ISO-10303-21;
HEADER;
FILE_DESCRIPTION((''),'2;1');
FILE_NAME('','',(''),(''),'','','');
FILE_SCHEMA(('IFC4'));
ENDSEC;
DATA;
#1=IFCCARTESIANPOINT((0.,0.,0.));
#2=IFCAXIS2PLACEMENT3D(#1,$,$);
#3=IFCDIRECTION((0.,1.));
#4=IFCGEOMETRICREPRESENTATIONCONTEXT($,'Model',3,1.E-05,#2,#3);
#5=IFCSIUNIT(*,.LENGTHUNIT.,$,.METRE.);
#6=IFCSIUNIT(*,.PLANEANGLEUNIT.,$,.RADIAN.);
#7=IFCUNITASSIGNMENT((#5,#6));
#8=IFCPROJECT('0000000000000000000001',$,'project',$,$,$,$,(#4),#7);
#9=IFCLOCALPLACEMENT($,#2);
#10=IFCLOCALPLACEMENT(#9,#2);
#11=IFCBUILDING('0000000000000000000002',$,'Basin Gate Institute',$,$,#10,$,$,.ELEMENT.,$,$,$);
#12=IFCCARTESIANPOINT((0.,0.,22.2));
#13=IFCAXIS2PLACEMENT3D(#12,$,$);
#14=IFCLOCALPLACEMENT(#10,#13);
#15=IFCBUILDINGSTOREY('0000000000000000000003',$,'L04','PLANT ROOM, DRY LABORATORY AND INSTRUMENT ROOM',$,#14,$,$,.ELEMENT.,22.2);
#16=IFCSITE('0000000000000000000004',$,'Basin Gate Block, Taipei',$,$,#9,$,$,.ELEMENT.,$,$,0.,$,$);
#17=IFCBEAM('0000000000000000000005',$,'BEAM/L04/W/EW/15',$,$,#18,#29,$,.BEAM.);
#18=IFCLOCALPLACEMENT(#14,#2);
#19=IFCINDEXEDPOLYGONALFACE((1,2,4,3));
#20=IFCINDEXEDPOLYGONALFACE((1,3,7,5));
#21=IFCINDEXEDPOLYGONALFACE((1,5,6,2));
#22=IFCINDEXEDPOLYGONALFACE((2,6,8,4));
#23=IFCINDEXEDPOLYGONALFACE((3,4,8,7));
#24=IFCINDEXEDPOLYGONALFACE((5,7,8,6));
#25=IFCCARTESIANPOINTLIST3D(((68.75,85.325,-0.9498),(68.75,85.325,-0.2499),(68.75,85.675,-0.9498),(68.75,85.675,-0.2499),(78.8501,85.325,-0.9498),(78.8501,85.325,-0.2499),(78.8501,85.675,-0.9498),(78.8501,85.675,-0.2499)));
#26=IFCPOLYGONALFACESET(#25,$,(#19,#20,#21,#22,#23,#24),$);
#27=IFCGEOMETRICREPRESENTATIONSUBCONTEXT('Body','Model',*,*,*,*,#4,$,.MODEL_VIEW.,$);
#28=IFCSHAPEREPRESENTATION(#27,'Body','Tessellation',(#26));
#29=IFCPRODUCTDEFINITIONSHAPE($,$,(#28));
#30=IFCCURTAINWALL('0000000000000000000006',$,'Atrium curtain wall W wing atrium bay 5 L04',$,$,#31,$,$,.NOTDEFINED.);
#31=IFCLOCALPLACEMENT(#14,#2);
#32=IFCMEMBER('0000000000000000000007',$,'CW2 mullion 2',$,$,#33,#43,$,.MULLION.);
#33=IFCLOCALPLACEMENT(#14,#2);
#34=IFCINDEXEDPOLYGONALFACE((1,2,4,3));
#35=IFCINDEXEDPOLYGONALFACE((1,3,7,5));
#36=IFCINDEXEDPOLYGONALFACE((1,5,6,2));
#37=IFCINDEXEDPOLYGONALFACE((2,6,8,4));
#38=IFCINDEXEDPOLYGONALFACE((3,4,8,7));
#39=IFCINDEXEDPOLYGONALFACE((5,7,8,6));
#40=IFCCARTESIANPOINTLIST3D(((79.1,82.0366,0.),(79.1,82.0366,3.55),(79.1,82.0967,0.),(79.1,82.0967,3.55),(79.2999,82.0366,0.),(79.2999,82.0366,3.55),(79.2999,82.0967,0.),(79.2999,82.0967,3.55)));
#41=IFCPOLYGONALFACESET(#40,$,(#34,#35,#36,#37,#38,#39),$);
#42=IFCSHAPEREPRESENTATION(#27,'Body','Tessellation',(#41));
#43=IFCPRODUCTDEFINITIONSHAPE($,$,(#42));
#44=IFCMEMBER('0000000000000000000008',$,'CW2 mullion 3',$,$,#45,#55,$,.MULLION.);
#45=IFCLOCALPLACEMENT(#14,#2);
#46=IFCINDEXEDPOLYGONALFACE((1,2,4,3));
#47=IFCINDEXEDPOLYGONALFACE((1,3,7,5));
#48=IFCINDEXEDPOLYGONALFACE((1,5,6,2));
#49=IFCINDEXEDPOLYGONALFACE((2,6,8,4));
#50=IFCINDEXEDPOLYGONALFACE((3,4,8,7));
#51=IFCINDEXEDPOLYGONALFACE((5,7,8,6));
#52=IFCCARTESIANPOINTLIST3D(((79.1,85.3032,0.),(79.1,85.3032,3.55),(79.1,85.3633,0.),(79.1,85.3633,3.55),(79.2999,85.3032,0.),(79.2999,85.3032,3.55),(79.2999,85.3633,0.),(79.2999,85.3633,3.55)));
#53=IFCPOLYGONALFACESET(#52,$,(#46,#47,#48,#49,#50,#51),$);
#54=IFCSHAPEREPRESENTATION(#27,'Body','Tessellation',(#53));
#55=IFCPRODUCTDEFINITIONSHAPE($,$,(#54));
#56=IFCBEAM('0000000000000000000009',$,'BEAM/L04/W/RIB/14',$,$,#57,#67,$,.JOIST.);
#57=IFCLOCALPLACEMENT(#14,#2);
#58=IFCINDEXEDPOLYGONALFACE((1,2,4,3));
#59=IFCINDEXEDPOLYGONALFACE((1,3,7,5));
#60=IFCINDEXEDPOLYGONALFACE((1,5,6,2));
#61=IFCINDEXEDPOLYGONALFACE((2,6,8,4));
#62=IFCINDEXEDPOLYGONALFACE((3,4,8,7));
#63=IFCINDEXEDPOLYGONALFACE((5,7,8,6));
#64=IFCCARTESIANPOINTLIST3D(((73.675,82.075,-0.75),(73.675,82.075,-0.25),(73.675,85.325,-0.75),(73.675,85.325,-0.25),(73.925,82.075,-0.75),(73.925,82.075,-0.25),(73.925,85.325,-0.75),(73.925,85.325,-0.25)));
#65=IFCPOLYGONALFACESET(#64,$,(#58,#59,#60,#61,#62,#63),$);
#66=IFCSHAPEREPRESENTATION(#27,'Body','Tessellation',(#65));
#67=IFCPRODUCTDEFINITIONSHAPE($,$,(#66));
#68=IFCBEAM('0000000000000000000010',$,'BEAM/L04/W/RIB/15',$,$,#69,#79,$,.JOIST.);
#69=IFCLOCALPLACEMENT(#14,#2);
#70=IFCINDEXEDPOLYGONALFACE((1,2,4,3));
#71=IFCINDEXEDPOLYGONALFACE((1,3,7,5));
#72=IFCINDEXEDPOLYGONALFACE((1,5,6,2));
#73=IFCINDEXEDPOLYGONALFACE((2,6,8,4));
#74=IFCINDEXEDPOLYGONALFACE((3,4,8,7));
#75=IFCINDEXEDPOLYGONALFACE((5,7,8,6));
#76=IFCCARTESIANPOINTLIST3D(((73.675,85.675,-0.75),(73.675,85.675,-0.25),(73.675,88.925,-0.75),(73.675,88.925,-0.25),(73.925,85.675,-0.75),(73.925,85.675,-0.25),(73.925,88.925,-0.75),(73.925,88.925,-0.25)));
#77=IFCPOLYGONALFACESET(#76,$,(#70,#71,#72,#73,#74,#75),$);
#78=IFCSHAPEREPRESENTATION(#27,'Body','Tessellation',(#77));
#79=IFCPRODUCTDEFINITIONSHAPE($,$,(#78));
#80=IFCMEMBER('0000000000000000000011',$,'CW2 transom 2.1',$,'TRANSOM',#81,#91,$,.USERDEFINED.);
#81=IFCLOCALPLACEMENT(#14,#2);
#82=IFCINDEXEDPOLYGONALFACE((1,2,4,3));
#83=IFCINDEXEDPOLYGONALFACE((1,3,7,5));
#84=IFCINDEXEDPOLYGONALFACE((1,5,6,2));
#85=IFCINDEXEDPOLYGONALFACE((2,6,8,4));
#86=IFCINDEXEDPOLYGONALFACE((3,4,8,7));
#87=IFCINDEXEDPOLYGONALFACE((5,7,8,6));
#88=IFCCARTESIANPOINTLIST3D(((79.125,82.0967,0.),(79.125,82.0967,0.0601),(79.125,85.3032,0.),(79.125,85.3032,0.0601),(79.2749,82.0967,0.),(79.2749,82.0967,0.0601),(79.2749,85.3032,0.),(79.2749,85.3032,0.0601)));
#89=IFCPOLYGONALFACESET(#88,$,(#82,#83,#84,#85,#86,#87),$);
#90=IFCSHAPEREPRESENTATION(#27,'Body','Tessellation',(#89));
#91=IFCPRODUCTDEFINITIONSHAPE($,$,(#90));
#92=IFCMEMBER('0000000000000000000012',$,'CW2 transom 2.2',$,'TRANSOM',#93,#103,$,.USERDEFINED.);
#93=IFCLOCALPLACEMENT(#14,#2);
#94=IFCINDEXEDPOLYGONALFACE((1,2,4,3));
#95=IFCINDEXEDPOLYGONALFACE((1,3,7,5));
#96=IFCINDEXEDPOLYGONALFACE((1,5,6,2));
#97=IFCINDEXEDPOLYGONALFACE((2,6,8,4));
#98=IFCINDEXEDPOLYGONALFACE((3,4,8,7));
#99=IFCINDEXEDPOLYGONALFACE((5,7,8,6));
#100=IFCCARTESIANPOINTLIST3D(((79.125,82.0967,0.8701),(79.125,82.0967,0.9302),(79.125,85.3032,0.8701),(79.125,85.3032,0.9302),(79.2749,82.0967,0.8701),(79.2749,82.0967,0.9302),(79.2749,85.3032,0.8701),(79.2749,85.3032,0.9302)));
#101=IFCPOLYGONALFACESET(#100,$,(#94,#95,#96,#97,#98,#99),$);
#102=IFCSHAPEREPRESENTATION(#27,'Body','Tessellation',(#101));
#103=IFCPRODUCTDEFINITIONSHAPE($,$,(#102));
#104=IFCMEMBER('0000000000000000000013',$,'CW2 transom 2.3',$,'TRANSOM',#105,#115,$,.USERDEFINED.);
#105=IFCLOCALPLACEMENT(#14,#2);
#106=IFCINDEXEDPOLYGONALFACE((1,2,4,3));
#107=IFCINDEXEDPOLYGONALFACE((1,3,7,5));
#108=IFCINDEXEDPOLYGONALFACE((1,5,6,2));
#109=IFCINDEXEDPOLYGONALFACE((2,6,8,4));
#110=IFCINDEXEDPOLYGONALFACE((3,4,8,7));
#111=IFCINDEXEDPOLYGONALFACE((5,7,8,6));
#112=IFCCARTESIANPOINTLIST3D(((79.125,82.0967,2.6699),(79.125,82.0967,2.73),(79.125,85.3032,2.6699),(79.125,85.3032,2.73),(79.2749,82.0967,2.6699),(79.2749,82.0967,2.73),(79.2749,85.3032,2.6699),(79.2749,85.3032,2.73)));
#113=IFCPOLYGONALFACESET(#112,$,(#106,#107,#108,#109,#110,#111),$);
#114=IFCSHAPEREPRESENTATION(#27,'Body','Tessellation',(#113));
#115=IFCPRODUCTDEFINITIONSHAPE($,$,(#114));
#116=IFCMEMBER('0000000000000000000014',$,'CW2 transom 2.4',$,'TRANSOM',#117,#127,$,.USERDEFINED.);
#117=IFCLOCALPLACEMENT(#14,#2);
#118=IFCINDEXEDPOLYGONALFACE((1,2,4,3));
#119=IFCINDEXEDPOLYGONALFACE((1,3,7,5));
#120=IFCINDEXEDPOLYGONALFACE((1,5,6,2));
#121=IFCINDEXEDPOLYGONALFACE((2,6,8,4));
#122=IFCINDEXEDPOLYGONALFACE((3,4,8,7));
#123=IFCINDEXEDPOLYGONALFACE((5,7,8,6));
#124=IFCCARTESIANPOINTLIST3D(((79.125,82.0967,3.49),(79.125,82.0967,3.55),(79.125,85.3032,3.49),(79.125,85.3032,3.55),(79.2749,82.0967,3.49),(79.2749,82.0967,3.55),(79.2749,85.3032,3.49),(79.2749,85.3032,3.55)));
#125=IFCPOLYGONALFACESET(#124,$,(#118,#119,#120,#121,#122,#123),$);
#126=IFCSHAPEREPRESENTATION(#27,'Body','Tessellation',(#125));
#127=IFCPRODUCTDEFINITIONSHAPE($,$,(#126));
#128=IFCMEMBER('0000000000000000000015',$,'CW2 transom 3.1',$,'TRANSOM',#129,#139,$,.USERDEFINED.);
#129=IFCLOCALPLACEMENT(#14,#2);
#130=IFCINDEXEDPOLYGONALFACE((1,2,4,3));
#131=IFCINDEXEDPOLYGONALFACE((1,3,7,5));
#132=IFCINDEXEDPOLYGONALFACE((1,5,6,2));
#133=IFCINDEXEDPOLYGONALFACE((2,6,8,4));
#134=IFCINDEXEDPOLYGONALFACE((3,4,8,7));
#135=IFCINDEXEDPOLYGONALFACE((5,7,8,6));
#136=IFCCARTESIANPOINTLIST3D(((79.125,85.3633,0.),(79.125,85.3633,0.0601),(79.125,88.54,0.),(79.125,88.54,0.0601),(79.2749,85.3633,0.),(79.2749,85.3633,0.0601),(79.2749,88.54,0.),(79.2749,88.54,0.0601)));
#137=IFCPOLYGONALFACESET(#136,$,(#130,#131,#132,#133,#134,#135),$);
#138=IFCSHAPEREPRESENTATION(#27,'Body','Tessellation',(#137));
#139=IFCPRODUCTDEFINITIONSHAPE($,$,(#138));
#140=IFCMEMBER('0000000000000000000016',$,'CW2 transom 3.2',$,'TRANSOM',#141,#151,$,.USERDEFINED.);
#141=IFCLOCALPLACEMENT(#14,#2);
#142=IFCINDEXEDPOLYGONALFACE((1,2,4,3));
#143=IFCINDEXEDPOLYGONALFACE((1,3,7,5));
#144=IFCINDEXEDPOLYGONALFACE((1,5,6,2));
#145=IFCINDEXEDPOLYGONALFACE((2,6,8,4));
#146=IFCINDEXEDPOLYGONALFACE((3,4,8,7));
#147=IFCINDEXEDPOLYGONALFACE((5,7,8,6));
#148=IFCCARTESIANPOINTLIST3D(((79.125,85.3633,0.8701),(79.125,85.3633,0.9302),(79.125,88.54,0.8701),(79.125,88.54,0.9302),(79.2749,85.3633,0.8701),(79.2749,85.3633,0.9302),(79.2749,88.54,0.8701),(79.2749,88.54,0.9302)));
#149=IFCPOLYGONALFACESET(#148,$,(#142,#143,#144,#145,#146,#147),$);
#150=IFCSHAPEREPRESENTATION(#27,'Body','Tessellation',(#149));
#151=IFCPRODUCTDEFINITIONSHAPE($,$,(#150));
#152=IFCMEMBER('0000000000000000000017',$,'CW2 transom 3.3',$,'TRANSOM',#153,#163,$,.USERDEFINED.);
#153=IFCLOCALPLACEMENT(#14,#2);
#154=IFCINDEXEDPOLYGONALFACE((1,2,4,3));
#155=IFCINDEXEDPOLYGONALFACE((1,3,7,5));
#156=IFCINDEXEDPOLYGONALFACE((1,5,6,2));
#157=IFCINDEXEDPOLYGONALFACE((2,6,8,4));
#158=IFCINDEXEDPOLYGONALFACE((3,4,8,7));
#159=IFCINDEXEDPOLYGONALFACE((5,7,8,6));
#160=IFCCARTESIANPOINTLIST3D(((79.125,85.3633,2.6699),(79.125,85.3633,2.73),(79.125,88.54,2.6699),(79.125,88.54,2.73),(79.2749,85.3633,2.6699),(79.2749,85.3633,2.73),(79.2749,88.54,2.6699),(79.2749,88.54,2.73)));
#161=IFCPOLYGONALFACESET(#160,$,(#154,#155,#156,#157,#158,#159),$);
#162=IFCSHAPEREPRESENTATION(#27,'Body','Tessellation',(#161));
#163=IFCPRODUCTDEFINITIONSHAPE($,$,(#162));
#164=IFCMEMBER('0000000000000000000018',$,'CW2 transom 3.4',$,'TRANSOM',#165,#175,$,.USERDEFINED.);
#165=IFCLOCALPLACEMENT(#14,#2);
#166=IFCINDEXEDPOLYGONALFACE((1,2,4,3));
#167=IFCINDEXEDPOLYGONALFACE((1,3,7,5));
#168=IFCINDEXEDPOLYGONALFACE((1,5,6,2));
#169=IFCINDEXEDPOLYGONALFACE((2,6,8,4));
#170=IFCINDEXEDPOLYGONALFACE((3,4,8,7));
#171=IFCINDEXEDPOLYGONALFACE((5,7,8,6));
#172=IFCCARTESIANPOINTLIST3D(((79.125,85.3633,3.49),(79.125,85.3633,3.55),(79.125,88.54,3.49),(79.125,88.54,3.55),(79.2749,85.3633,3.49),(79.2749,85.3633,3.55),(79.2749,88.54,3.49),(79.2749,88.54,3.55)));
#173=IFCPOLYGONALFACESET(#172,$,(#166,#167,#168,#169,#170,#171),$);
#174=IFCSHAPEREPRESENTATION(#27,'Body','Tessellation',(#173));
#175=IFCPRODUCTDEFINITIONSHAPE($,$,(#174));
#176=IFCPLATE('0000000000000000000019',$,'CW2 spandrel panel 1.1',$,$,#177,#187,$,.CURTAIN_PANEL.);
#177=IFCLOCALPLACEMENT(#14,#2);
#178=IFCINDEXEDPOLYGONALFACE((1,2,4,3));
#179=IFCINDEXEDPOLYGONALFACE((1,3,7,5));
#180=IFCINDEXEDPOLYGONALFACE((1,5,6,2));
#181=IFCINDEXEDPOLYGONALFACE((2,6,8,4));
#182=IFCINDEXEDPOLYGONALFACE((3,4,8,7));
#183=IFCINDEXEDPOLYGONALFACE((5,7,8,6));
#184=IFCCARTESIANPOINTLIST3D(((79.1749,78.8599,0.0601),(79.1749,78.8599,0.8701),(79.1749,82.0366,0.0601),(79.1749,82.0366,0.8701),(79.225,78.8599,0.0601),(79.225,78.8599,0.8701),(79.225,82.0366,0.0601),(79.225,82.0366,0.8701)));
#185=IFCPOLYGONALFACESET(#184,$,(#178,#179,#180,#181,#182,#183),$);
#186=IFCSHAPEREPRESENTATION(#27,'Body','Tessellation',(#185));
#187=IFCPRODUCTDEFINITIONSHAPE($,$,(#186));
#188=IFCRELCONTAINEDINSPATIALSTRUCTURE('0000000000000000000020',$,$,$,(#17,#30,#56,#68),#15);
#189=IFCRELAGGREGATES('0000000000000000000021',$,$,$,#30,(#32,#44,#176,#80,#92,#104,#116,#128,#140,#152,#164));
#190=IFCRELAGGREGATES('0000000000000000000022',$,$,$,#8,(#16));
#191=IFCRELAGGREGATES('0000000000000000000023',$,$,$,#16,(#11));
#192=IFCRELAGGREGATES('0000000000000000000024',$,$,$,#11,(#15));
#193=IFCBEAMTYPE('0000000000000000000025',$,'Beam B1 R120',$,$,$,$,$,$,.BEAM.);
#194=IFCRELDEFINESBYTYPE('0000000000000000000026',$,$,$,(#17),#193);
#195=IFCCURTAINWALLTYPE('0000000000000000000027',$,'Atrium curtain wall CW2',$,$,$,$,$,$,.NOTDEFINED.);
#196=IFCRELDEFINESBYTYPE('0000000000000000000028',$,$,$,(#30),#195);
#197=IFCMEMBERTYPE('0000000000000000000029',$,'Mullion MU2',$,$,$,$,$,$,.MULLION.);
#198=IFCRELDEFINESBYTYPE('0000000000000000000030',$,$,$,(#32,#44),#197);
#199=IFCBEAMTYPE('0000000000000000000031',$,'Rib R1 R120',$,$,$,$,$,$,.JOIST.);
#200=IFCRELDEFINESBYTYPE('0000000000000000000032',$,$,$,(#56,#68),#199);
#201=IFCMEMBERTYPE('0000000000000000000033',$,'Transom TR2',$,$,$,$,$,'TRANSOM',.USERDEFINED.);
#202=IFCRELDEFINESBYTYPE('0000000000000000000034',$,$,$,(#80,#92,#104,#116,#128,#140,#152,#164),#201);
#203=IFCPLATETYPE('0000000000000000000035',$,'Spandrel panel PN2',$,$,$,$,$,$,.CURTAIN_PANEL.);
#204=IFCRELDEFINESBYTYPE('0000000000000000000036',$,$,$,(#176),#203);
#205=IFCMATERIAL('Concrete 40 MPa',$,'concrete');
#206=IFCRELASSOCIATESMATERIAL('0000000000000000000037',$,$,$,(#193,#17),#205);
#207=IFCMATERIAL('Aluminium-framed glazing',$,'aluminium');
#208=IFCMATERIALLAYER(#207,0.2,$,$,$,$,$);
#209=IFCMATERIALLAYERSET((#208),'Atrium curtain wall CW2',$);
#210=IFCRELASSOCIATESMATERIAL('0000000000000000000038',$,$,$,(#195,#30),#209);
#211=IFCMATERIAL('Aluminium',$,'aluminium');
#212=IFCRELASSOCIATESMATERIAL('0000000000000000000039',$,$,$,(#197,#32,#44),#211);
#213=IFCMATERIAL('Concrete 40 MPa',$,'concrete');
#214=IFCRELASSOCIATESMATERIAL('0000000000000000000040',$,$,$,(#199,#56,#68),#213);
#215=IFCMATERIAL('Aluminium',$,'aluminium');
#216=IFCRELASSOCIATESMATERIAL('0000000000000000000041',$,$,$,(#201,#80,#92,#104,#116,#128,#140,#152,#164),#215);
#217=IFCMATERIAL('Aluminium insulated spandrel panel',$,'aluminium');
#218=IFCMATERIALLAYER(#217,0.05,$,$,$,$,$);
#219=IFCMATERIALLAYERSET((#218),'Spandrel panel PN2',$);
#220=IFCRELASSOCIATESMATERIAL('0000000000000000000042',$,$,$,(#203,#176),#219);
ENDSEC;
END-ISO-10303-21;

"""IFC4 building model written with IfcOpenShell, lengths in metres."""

from ifc_helpers import new_model, si_unit, direction, frame, origin, origin_2d, place, context, subcontext, project, spatial, rectangle, extrude, material, layer, layer_set, material_profile, profile_set, type_object, element, aggregate, save


model = new_model("IFC4")

# Units and contexts
model_context = context("Model", 3, precision=1e-05, world=origin(), true_north=direction((0.0, 1.0)))
body_context = subcontext(model_context, "Body", "Model", "MODEL_VIEW")
ifc_project = project(units=[si_unit("LENGTHUNIT", "METRE"), si_unit("PLANEANGLEUNIT", "RADIAN")], contexts=[model_context])

# Site, building, storey
site_placement = place(None, origin())
site = spatial("IfcSite", under=ifc_project, at=site_placement, Name="Basin Gate Block, Taipei", CompositionType="ELEMENT", RefElevation=0.0)
building_placement = place(site_placement, origin())
building = spatial("IfcBuilding", under=site, at=building_placement, Name="Basin Gate Institute", CompositionType="ELEMENT")
storey_placement = place(building_placement, frame((0.0, 0.0, 22.2)))
storey = spatial("IfcBuildingStorey", under=building, at=storey_placement, Name="L04", Description="PLANT ROOM, DRY LABORATORY AND INSTRUMENT ROOM", CompositionType="ELEMENT", Elevation=22.2)

# Beam
ifc_material_1 = material(Name="Concrete 40 MPa", Category="concrete")
ifc_material_profile_1 = material_profile(ifc_material_1, rectangle(XDim=0.3501, YDim=0.7, at=origin_2d()), Name="Beam B1 350 x 700")
ifc_profile_set_1 = profile_set([ifc_material_profile_1], Name="Concrete 40 MPa")
beam_type_1 = type_object("IfcBeamType", Name="Beam B1 R120", PredefinedType="BEAM", material=ifc_profile_set_1)
beam_placement = place(storey_placement, frame((68.75, 85.5, -0.5999), z_axis=(1.0, 0.0, 0.0), x_axis=(0.0, 1.0, 0.0)))
element("IfcBeam", 1, at=beam_placement, inside=storey, type_object=beam_type_1, material=ifc_profile_set_1, Name="BEAM/L04/W/EW/15", PredefinedType="BEAM", context=body_context, shape_type="SweptSolid", body=[
    extrude(rectangle(XDim=0.3501, YDim=0.7, at=origin_2d()), origin(), (0.0, 0.0, 1.0), 10.1001),
])

# Curtain wall, members
ifc_material_2 = material(Name="Aluminium-framed glazing", Category="aluminium")
ifc_layer_1 = layer(ifc_material_2, 0.2)
ifc_layer_set_1 = layer_set([ifc_layer_1], Name="Atrium curtain wall CW2")
curtain_wall_type = type_object("IfcCurtainWallType", Name="Atrium curtain wall CW2", PredefinedType="NOTDEFINED", material=ifc_layer_set_1)
curtain_wall_placement = place(storey_placement, origin())
curtain_wall = element("IfcCurtainWall", 2, at=curtain_wall_placement, inside=storey, type_object=curtain_wall_type, material=ifc_layer_set_1, Name="Atrium curtain wall W wing atrium bay 5 L04", PredefinedType="NOTDEFINED")
ifc_material_3 = material(Name="Aluminium", Category="aluminium")
ifc_material_profile_2 = material_profile(ifc_material_3, rectangle(XDim=0.2, YDim=0.0601, at=origin_2d()), Name="Mullion MU2 200 x 60")
ifc_profile_set_2 = profile_set([ifc_material_profile_2], Name="Aluminium")
member_type_1 = type_object("IfcMemberType", Name="Mullion MU2", PredefinedType="MULLION", material=ifc_profile_set_2)
member_1_placement = place(storey_placement, frame((79.2, 82.0667, 0.0), z_axis=(0.0, 0.0, 1.0), x_axis=(-1.0, 0.0, 0.0)))
member_1 = element("IfcMember", 3, at=member_1_placement, type_object=member_type_1, material=ifc_profile_set_2, Name="CW2 mullion 2", PredefinedType="MULLION", context=body_context, shape_type="SweptSolid", body=[
    extrude(rectangle(XDim=0.2, YDim=0.0601, at=origin_2d()), origin(), (0.0, 0.0, 1.0), 3.55),
])
member_2_placement = place(storey_placement, frame((79.2, 85.3333, 0.0), z_axis=(0.0, 0.0, 1.0), x_axis=(-1.0, 0.0, 0.0)))
member_2 = element("IfcMember", 4, at=member_2_placement, type_object=member_type_1, material=ifc_profile_set_2, Name="CW2 mullion 3", PredefinedType="MULLION", context=body_context, shape_type="SweptSolid", body=[
    extrude(rectangle(XDim=0.2, YDim=0.0601, at=origin_2d()), origin(), (0.0, 0.0, 1.0), 3.55),
])

# Beams
ifc_material_4 = material(Name="Concrete 40 MPa", Category="concrete")
ifc_material_profile_3 = material_profile(ifc_material_4, rectangle(XDim=0.25, YDim=0.5, at=origin_2d()), Name="Rib R1 250 x 500")
ifc_profile_set_3 = profile_set([ifc_material_profile_3], Name="Concrete 40 MPa")
beam_type_2 = type_object("IfcBeamType", Name="Rib R1 R120", PredefinedType="JOIST", material=ifc_profile_set_3)
for number, where, z_axis, x_axis, name in (
    (5, (73.8, 82.075, -0.5), (0.0, 1.0, 0.0), (-1.0, 0.0, 0.0), "BEAM/L04/W/RIB/14"),
    (6, (73.8, 85.675, -0.5), (0.0, 1.0, 0.0), (-1.0, 0.0, 0.0), "BEAM/L04/W/RIB/15"),
):
    element("IfcBeam", number, at=place(storey_placement, frame(where, z_axis=z_axis, x_axis=x_axis)), inside=storey, type_object=beam_type_2, material=ifc_profile_set_3, Name=name, PredefinedType="JOIST", context=body_context, shape_type="SweptSolid", body=[
        extrude(rectangle(XDim=0.25, YDim=0.5, at=origin_2d()), origin(), (0.0, 0.0, 1.0), 3.25),
    ])

# Members
ifc_material_5 = material(Name="Aluminium", Category="aluminium")
ifc_material_profile_4 = material_profile(ifc_material_5, rectangle(XDim=0.1499, YDim=0.0601, at=origin_2d()), Name="Transom TR2 150 x 60")
ifc_profile_set_4 = profile_set([ifc_material_profile_4], Name="Aluminium")
member_type_2 = type_object("IfcMemberType", Name="Transom TR2", ElementType="TRANSOM", PredefinedType="USERDEFINED", material=ifc_profile_set_4)
member_3_placement = place(storey_placement, frame((79.2, 82.0967, 0.03), z_axis=(0.0, 1.0, 0.0), x_axis=(-1.0, 0.0, 0.0)))
member_3 = element("IfcMember", 7, at=member_3_placement, type_object=member_type_2, material=ifc_profile_set_4, Name="CW2 transom 2.1", ObjectType="TRANSOM", PredefinedType="USERDEFINED", context=body_context, shape_type="SweptSolid", body=[
    extrude(rectangle(XDim=0.1499, YDim=0.0601, at=origin_2d()), origin(), (0.0, 0.0, 1.0), 3.2065),
])
member_4_placement = place(storey_placement, frame((79.2, 82.0967, 0.9001), z_axis=(0.0, 1.0, 0.0), x_axis=(-1.0, 0.0, 0.0)))
member_4 = element("IfcMember", 8, at=member_4_placement, type_object=member_type_2, material=ifc_profile_set_4, Name="CW2 transom 2.2", ObjectType="TRANSOM", PredefinedType="USERDEFINED", context=body_context, shape_type="SweptSolid", body=[
    extrude(rectangle(XDim=0.1499, YDim=0.0601, at=origin_2d()), origin(), (0.0, 0.0, 1.0), 3.2065),
])
member_5_placement = place(storey_placement, frame((79.2, 82.0967, 2.7), z_axis=(0.0, 1.0, 0.0), x_axis=(-1.0, 0.0, 0.0)))
member_5 = element("IfcMember", 9, at=member_5_placement, type_object=member_type_2, material=ifc_profile_set_4, Name="CW2 transom 2.3", ObjectType="TRANSOM", PredefinedType="USERDEFINED", context=body_context, shape_type="SweptSolid", body=[
    extrude(rectangle(XDim=0.1499, YDim=0.0601, at=origin_2d()), origin(), (0.0, 0.0, 1.0), 3.2065),
])
member_6_placement = place(storey_placement, frame((79.2, 82.0967, 3.52), z_axis=(0.0, 1.0, 0.0), x_axis=(-1.0, 0.0, 0.0)))
member_6 = element("IfcMember", 10, at=member_6_placement, type_object=member_type_2, material=ifc_profile_set_4, Name="CW2 transom 2.4", ObjectType="TRANSOM", PredefinedType="USERDEFINED", context=body_context, shape_type="SweptSolid", body=[
    extrude(rectangle(XDim=0.1499, YDim=0.0601, at=origin_2d()), origin(), (0.0, 0.0, 1.0), 3.2065),
])
member_7_placement = place(storey_placement, frame((79.2, 85.3633, 0.03), z_axis=(0.0, 1.0, 0.0), x_axis=(-1.0, 0.0, 0.0)))
member_7 = element("IfcMember", 11, at=member_7_placement, type_object=member_type_2, material=ifc_profile_set_4, Name="CW2 transom 3.1", ObjectType="TRANSOM", PredefinedType="USERDEFINED", context=body_context, shape_type="SweptSolid", body=[
    extrude(rectangle(XDim=0.1499, YDim=0.0601, at=origin_2d()), origin(), (0.0, 0.0, 1.0), 3.1768),
])
member_8_placement = place(storey_placement, frame((79.2, 85.3633, 0.9001), z_axis=(0.0, 1.0, 0.0), x_axis=(-1.0, 0.0, 0.0)))
member_8 = element("IfcMember", 12, at=member_8_placement, type_object=member_type_2, material=ifc_profile_set_4, Name="CW2 transom 3.2", ObjectType="TRANSOM", PredefinedType="USERDEFINED", context=body_context, shape_type="SweptSolid", body=[
    extrude(rectangle(XDim=0.1499, YDim=0.0601, at=origin_2d()), origin(), (0.0, 0.0, 1.0), 3.1768),
])
member_9_placement = place(storey_placement, frame((79.2, 85.3633, 2.7), z_axis=(0.0, 1.0, 0.0), x_axis=(-1.0, 0.0, 0.0)))
member_9 = element("IfcMember", 13, at=member_9_placement, type_object=member_type_2, material=ifc_profile_set_4, Name="CW2 transom 3.3", ObjectType="TRANSOM", PredefinedType="USERDEFINED", context=body_context, shape_type="SweptSolid", body=[
    extrude(rectangle(XDim=0.1499, YDim=0.0601, at=origin_2d()), origin(), (0.0, 0.0, 1.0), 3.1768),
])
member_10_placement = place(storey_placement, frame((79.2, 85.3633, 3.52), z_axis=(0.0, 1.0, 0.0), x_axis=(-1.0, 0.0, 0.0)))
member_10 = element("IfcMember", 14, at=member_10_placement, type_object=member_type_2, material=ifc_profile_set_4, Name="CW2 transom 3.4", ObjectType="TRANSOM", PredefinedType="USERDEFINED", context=body_context, shape_type="SweptSolid", body=[
    extrude(rectangle(XDim=0.1499, YDim=0.0601, at=origin_2d()), origin(), (0.0, 0.0, 1.0), 3.1768),
])

# Plate
ifc_material_6 = material(Name="Aluminium insulated spandrel panel", Category="aluminium")
ifc_layer_2 = layer(ifc_material_6, 0.05)
ifc_layer_set_2 = layer_set([ifc_layer_2], Name="Spandrel panel PN2")
plate_type_1 = type_object("IfcPlateType", Name="Spandrel panel PN2", PredefinedType="CURTAIN_PANEL", material=ifc_layer_set_2)
plate_1_placement = place(storey_placement, frame((79.2, 80.4482, 0.0601), z_axis=(0.0, 0.0, 1.0), x_axis=(0.0, 1.0, 0.0)))
plate_1 = element("IfcPlate", 15, at=plate_1_placement, type_object=plate_type_1, material=ifc_layer_set_2, Name="CW2 spandrel panel 1.1", PredefinedType="CURTAIN_PANEL", context=body_context, shape_type="SweptSolid", body=[
    extrude(rectangle(XDim=3.1768, YDim=0.05, at=origin_2d()), origin(), (0.0, 0.0, 1.0), 0.8101),
])
aggregate(curtain_wall, [member_1, member_2, plate_1, member_3, member_4, member_5, member_6, member_7, member_8, member_9, member_10])

save(model, "model.ifc")
